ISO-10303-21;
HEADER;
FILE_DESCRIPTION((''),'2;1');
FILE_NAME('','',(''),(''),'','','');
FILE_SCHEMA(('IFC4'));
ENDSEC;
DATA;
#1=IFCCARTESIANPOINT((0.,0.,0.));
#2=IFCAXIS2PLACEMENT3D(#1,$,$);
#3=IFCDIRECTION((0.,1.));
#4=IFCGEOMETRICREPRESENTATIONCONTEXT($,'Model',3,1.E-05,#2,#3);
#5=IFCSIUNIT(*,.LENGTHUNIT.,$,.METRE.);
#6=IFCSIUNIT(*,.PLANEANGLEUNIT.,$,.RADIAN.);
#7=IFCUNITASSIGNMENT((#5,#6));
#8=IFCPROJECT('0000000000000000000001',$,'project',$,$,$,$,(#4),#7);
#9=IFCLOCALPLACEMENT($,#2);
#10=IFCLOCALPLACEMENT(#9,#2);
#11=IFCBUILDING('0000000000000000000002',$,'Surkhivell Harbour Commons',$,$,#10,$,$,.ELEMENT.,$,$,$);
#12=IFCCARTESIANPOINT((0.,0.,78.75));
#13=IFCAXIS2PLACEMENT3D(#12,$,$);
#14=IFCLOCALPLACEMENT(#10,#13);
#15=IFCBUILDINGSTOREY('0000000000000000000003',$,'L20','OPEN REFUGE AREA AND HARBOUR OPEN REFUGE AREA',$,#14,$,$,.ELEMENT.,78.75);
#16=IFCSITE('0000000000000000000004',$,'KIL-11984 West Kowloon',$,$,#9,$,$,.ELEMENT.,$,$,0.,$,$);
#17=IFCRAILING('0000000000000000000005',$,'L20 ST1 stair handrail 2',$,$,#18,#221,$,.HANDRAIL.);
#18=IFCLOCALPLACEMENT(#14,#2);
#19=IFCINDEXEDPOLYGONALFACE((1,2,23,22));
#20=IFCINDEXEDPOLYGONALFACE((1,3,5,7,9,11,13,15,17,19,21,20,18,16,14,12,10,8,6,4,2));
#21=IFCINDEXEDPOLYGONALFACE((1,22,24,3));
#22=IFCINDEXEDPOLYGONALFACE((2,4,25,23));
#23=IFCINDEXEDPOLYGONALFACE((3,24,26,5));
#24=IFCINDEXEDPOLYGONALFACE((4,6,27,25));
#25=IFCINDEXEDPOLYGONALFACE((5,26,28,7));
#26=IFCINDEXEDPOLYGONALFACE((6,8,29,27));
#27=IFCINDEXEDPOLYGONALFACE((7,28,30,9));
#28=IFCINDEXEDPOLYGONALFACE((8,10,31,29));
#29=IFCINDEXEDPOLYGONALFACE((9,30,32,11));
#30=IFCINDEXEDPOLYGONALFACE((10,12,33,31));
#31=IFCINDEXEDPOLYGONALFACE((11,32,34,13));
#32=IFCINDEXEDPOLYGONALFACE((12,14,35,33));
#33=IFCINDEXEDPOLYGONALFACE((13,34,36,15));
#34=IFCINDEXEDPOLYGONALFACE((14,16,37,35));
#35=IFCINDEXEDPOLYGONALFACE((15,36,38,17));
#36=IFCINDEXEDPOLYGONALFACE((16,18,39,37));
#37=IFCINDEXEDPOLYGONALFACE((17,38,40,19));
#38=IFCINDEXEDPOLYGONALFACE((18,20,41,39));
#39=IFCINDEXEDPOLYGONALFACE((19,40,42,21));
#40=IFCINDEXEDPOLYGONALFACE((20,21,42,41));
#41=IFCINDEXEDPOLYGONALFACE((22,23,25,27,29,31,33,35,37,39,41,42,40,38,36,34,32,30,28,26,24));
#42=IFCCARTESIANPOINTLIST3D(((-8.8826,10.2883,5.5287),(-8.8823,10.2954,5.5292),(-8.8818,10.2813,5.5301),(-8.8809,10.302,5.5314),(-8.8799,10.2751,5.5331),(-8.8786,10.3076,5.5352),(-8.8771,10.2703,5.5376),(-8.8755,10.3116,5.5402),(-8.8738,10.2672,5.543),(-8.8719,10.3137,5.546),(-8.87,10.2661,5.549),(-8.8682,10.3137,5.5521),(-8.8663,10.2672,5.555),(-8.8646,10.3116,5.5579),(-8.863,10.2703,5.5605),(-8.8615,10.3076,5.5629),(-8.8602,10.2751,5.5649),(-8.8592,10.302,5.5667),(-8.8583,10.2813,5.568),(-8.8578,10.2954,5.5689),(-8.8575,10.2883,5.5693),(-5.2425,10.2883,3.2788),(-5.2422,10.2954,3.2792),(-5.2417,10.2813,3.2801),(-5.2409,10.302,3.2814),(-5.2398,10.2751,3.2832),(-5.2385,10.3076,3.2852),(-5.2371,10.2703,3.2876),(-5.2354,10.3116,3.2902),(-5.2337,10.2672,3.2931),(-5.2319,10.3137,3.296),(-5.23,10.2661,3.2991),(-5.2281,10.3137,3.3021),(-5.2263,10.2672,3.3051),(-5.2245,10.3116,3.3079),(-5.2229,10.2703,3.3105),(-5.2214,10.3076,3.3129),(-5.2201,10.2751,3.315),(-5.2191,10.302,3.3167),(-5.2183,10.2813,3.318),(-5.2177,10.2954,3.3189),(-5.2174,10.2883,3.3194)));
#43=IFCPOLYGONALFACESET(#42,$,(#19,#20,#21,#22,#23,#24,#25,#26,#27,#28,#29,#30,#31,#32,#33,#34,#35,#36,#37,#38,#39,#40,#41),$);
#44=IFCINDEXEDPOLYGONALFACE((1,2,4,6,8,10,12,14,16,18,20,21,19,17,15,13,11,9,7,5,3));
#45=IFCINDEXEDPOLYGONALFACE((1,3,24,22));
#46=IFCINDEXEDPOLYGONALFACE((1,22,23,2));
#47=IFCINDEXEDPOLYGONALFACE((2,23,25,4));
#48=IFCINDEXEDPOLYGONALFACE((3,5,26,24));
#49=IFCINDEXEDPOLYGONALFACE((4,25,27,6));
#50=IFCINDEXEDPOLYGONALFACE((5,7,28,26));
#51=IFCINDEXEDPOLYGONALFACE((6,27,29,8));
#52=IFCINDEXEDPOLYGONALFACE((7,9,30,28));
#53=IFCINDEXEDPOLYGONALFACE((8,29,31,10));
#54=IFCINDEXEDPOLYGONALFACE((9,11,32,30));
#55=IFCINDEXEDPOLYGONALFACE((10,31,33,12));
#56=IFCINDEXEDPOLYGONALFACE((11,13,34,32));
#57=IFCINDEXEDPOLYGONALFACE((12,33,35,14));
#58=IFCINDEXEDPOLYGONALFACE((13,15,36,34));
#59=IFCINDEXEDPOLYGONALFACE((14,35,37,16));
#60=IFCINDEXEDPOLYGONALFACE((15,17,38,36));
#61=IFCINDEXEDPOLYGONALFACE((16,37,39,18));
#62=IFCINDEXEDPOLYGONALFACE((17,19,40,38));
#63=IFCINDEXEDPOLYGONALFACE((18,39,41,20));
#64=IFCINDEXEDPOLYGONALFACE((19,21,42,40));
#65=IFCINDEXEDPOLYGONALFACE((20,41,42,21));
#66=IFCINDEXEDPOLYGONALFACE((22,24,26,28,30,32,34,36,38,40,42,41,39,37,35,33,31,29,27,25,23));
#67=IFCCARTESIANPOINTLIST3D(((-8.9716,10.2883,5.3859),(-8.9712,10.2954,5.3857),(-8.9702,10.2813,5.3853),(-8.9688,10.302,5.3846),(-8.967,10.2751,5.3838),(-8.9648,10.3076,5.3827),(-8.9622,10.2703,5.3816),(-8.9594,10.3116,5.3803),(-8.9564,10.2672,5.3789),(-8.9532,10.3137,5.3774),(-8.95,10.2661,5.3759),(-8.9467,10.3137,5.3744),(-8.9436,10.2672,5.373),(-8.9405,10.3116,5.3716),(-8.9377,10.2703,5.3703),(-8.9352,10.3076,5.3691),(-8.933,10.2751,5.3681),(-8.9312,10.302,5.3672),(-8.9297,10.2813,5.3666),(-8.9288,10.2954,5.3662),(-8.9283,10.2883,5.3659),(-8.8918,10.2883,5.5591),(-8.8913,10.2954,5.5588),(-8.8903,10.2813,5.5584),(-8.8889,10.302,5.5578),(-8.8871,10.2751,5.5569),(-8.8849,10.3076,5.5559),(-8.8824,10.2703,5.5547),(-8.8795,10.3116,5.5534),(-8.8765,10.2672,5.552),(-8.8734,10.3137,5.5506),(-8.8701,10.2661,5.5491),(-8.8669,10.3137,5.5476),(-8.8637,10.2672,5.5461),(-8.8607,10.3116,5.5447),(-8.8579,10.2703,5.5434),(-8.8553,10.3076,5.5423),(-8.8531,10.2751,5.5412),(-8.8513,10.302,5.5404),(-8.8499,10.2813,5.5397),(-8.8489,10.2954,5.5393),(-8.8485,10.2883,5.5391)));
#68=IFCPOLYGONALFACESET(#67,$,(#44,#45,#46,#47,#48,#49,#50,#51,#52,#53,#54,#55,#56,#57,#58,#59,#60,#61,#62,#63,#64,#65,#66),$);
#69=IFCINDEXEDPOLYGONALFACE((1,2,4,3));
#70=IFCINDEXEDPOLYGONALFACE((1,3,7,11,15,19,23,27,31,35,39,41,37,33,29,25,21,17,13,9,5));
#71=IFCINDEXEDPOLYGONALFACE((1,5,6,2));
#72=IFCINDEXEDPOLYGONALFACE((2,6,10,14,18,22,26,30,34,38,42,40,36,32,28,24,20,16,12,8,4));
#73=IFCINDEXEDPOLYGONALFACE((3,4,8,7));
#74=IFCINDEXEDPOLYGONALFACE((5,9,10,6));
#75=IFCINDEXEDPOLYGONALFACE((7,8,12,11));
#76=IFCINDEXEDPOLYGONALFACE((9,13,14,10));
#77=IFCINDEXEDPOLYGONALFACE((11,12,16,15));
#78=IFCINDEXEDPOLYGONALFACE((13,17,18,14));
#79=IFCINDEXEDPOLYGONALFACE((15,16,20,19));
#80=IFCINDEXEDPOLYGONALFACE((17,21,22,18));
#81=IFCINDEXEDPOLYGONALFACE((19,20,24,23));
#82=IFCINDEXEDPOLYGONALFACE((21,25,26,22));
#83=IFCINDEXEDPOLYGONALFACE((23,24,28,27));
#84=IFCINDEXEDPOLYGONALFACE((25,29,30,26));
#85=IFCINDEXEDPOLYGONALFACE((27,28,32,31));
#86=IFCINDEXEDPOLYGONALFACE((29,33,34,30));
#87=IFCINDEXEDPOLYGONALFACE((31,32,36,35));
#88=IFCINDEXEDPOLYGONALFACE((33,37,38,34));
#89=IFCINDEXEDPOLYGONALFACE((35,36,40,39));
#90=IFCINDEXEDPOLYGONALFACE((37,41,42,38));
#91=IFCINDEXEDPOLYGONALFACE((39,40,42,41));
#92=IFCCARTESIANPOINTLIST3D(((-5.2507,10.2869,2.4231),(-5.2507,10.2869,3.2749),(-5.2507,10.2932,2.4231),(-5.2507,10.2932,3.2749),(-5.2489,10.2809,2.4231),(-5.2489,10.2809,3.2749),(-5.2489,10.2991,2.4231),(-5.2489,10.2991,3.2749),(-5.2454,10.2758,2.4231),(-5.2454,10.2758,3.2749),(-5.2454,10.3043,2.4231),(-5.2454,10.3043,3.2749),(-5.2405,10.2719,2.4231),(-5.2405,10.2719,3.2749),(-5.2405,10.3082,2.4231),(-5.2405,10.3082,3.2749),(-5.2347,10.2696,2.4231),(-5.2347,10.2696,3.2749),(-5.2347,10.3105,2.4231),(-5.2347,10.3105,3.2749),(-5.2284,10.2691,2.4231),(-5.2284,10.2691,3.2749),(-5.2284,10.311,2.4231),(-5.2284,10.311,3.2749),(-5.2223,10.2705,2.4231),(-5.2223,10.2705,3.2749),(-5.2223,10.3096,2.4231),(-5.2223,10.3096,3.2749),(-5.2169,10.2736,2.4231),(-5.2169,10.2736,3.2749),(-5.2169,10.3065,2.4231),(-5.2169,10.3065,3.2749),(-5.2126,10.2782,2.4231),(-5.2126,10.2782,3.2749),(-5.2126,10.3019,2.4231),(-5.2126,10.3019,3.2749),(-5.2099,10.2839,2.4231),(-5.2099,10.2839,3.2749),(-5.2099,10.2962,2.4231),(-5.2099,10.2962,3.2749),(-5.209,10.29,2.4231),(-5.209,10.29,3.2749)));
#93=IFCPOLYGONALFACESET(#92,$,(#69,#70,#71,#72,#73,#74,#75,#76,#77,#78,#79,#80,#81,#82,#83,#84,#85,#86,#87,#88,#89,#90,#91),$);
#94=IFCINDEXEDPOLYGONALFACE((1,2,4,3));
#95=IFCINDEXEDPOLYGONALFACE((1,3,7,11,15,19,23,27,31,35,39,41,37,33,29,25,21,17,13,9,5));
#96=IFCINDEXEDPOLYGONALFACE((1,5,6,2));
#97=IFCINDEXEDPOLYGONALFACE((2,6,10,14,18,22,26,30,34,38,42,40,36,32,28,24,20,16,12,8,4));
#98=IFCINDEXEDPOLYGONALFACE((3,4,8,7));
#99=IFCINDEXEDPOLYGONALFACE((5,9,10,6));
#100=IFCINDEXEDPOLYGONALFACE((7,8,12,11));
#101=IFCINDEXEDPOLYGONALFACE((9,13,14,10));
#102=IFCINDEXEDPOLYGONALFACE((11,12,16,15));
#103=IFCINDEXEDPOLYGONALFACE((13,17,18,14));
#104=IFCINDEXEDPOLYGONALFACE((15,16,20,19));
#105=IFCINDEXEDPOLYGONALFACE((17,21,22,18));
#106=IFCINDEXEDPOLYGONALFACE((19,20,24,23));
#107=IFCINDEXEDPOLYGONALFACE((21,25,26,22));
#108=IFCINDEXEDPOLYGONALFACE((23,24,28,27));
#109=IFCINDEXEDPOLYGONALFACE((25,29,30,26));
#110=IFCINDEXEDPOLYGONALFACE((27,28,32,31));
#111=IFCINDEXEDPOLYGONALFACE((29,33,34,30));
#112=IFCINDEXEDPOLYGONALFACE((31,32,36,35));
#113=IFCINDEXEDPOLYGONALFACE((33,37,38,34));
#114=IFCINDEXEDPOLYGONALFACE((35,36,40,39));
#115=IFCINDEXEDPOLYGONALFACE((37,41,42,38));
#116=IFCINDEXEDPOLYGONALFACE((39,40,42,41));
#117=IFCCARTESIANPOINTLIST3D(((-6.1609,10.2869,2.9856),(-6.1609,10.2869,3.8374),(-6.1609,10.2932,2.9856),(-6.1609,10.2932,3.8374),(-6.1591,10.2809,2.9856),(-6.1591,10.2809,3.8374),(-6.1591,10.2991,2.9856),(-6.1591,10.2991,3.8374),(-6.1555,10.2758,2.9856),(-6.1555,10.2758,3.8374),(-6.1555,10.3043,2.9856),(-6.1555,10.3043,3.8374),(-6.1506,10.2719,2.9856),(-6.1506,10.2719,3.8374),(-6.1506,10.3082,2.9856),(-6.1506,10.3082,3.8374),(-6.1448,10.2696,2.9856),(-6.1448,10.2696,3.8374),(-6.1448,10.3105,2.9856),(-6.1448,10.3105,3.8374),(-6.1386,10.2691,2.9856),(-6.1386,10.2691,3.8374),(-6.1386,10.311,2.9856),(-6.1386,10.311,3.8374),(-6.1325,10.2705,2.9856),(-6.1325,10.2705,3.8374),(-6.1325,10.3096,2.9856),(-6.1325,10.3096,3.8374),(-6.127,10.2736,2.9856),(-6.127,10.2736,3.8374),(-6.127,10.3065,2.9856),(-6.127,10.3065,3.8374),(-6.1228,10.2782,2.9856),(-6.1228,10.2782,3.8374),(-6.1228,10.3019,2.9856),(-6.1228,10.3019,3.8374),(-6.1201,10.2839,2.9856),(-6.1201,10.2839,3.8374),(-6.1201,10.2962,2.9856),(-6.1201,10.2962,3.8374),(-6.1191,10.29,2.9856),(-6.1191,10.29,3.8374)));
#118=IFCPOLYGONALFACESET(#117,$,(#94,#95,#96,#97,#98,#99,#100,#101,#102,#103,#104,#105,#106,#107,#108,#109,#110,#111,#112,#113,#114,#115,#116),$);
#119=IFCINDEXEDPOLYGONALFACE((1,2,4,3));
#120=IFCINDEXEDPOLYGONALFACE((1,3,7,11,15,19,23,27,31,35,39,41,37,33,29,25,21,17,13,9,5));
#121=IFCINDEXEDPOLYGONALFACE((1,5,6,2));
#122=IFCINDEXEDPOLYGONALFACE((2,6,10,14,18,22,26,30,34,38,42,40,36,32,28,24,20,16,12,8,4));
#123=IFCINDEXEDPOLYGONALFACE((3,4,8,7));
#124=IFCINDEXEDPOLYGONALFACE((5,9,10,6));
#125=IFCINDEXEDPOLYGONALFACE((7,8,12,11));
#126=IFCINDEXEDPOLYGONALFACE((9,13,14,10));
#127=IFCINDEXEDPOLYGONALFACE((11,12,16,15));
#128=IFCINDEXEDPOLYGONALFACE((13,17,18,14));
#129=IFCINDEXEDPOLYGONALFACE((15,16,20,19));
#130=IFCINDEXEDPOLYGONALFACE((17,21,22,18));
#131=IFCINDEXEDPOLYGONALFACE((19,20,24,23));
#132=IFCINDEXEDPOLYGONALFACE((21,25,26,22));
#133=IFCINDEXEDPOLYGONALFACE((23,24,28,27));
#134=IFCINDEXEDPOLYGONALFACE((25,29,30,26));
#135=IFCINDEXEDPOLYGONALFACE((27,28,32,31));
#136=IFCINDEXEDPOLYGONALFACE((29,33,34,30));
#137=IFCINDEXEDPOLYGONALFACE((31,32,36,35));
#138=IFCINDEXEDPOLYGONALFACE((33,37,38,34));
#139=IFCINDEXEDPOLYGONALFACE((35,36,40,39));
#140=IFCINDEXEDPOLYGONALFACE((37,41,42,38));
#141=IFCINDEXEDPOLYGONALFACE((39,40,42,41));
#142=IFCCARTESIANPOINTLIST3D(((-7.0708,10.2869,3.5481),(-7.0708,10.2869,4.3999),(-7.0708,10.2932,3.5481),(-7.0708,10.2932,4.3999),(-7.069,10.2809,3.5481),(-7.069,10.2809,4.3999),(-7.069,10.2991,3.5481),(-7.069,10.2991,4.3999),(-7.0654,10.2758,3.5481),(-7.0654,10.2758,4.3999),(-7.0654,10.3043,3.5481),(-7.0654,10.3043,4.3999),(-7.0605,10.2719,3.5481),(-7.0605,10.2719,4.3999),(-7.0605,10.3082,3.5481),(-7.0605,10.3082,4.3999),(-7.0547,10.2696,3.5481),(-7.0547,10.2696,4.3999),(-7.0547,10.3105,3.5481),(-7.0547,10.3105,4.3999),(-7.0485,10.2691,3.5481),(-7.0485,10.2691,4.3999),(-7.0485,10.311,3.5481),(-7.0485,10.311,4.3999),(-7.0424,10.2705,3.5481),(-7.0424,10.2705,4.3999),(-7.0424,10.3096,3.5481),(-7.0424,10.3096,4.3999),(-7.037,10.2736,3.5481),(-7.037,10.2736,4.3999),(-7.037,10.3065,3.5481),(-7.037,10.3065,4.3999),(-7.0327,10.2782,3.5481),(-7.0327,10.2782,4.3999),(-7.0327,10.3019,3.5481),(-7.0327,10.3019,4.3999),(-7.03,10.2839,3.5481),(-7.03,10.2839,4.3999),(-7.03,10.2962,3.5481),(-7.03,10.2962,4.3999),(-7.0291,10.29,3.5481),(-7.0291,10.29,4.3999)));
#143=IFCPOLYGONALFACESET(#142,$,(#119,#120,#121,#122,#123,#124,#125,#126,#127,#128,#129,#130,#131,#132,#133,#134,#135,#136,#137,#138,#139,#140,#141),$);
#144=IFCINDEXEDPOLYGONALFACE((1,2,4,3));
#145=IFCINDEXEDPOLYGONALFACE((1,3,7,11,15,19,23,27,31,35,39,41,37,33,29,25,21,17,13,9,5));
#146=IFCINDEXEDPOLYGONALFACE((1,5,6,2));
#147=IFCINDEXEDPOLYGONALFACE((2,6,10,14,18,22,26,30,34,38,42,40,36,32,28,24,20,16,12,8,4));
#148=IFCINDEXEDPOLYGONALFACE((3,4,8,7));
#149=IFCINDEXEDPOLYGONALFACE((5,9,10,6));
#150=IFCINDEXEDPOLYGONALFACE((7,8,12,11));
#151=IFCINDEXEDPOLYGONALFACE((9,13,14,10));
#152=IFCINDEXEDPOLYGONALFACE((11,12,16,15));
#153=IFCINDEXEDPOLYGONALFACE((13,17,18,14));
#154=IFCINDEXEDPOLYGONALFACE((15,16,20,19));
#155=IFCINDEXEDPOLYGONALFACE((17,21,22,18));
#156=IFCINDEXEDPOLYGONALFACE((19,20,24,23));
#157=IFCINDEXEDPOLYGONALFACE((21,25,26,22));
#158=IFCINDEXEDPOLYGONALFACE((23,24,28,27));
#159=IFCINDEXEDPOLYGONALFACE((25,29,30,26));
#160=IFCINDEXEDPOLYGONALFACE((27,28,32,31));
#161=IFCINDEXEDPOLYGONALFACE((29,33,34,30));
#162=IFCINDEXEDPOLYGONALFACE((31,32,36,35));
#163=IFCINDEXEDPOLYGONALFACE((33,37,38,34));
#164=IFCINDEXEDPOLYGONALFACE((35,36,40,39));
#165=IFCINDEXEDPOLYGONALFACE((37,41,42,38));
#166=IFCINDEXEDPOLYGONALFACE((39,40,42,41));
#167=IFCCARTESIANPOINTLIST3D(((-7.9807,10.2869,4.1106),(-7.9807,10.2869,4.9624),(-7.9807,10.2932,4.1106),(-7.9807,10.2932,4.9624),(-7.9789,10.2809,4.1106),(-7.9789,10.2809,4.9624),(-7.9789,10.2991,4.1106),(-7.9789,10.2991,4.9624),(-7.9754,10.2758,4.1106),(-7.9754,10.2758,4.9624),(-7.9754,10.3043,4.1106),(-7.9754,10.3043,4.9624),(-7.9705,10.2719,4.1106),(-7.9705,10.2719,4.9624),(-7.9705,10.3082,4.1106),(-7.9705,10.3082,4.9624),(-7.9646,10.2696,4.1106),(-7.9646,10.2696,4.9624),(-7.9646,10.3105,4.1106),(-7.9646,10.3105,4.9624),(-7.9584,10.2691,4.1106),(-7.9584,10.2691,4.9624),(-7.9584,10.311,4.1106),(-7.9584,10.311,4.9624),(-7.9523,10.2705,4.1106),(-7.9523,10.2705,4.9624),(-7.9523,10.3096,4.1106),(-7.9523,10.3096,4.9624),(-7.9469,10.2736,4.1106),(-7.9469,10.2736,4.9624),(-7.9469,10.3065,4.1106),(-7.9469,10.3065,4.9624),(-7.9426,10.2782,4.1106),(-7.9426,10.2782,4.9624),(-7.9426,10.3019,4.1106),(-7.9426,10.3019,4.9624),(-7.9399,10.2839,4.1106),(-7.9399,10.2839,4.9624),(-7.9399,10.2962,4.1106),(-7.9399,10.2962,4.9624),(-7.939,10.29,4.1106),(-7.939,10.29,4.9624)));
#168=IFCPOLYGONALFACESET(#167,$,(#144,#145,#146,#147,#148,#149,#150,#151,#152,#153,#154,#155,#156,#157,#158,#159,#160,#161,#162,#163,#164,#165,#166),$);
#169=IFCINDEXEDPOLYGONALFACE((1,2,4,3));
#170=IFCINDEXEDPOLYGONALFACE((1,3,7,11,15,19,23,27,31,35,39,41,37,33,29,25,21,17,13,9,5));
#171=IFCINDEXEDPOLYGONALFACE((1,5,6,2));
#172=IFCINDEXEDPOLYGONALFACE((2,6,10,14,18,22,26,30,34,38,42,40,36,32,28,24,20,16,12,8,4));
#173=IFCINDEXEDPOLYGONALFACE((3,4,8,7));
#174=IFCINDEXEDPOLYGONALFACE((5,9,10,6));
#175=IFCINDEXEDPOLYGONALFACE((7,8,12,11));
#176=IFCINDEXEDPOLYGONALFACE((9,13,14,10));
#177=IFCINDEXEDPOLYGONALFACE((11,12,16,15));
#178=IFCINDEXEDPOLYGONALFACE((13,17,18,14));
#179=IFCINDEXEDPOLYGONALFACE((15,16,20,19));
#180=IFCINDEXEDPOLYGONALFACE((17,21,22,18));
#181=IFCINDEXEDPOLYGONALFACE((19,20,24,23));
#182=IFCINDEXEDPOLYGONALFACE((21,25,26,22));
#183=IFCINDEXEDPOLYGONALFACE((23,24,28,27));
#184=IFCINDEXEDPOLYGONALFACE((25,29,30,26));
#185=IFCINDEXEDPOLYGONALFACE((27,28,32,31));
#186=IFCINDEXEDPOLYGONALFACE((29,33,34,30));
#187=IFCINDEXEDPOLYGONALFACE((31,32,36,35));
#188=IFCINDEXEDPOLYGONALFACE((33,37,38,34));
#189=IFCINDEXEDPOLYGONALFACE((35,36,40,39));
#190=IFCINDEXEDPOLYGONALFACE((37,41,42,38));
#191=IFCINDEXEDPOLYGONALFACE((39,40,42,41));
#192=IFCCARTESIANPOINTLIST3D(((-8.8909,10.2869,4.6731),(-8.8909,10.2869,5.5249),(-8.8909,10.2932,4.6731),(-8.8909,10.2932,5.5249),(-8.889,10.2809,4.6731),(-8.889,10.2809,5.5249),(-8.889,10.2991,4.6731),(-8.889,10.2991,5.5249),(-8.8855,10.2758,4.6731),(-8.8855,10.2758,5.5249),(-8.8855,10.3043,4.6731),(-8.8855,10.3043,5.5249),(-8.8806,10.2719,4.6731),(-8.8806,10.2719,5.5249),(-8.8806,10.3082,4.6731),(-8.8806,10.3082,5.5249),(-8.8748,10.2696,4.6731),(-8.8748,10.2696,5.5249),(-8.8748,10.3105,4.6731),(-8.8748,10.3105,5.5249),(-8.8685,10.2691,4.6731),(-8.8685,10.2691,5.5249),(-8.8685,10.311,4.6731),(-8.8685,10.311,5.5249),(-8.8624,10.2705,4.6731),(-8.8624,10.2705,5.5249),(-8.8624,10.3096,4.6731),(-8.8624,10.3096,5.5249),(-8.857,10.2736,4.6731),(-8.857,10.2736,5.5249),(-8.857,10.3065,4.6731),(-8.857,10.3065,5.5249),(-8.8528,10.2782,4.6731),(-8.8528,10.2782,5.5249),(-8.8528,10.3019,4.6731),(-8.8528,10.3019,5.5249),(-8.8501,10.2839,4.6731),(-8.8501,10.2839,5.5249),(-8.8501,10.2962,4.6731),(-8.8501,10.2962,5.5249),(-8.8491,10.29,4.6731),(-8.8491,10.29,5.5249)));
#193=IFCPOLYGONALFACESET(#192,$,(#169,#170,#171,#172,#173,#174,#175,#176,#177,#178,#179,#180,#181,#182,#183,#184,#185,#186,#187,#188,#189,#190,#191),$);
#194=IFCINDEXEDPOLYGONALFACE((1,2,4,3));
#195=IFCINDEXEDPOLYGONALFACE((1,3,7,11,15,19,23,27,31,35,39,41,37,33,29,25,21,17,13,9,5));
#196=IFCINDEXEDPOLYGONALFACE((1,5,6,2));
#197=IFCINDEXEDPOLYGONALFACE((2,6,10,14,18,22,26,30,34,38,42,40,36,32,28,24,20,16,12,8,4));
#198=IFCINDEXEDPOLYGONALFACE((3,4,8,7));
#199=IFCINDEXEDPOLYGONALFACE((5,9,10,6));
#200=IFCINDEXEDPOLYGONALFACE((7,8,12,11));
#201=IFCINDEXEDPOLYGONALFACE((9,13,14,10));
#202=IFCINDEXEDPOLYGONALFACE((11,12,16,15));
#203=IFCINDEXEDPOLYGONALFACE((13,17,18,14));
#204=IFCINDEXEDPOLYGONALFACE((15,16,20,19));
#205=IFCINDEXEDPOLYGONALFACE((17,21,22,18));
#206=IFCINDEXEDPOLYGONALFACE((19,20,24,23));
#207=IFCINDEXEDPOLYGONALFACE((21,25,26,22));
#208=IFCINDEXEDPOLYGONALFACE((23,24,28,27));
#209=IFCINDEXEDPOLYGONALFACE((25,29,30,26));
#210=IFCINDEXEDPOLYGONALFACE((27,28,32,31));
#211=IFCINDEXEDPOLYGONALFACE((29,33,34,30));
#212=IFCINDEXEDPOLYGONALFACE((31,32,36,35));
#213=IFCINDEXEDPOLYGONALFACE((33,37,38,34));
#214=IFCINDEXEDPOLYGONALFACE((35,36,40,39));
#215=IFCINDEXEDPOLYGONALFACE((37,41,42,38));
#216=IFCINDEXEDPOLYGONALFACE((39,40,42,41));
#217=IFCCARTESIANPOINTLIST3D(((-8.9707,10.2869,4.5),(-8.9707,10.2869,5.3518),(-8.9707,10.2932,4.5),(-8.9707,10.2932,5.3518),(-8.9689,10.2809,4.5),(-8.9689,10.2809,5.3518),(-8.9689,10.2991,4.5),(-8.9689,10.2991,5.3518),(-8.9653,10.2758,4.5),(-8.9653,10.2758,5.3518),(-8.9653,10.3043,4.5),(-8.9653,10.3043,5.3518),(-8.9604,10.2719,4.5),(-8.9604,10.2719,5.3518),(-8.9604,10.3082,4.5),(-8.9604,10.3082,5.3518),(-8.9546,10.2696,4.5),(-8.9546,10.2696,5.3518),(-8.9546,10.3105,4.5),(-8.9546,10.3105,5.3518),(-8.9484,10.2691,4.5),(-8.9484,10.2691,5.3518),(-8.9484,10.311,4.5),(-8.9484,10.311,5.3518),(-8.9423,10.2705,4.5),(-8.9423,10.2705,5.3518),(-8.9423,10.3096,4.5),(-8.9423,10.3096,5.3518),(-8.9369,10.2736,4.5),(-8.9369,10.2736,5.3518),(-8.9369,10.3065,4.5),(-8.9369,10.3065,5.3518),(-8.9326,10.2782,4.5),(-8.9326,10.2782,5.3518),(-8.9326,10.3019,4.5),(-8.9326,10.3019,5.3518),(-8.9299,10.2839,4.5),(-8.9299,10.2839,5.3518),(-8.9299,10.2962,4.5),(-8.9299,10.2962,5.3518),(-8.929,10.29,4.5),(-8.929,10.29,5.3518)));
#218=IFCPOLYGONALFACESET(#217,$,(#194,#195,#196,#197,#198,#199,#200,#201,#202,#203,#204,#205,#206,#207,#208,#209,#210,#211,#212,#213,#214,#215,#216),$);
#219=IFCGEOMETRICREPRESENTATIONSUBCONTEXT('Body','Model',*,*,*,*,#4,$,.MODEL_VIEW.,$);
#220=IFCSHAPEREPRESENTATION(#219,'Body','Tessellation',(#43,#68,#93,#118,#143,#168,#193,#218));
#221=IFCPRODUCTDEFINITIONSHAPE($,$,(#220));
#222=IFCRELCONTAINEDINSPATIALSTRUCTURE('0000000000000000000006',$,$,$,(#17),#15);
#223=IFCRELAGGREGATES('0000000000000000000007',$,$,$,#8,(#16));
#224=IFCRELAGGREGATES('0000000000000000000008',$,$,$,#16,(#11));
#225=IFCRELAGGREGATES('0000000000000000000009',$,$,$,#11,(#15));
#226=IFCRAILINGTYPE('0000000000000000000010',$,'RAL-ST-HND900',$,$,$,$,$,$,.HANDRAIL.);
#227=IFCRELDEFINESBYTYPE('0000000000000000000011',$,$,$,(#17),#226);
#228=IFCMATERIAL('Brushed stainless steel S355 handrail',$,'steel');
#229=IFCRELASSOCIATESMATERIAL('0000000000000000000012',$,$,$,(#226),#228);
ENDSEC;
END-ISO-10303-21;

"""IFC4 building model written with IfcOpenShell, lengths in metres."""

from ifc_helpers import new_model, si_unit, direction, frame, origin, origin_2d, place, context, subcontext, project, spatial, circle, extrude, material, type_object, element, save


model = new_model("IFC4")

# Units and contexts
model_context = context("Model", 3, precision=1e-05, world=origin(), true_north=direction((0.0, 1.0)))
body_context = subcontext(model_context, "Body", "Model", "MODEL_VIEW")
ifc_project = project(units=[si_unit("LENGTHUNIT", "METRE"), si_unit("PLANEANGLEUNIT", "RADIAN")], contexts=[model_context])

# Site, building, storey
site_placement = place(None, origin())
site = spatial("IfcSite", under=ifc_project, at=site_placement, Name="KIL-11984 West Kowloon", CompositionType="ELEMENT", RefElevation=0.0)
building_placement = place(site_placement, origin())
building = spatial("IfcBuilding", under=site, at=building_placement, Name="Surkhivell Harbour Commons", CompositionType="ELEMENT")
storey_placement = place(building_placement, frame((0.0, 0.0, 78.75)))
storey = spatial("IfcBuildingStorey", under=building, at=storey_placement, Name="L20", Description="OPEN REFUGE AREA AND HARBOUR OPEN REFUGE AREA", CompositionType="ELEMENT", Elevation=78.75)

# Railing
ifc_material_1 = material(Name="Brushed stainless steel S355 handrail", Category="steel")
railing_type_1 = type_object("IfcRailingType", Name="RAL-ST-HND900", PredefinedType="HANDRAIL", material=ifc_material_1)
railing_1_placement = place(storey_placement, frame((-5.23, 10.29, 2.4231)))
element("IfcRailing", 1, at=railing_1_placement, inside=storey, type_object=railing_type_1, Name="L20 ST1 stair handrail 2", PredefinedType="HANDRAIL", context=body_context, shape_type="SweptSolid", body=[
    extrude(circle(Radius=0.0239, at=origin_2d()), frame((0.0, 0.0, 0.876), z_axis=(-0.850622, 0.0, 0.525777), x_axis=(0.0, -1.0, 0.0)), (0.0, 0.0, 1.0), 4.2793),
    extrude(circle(Radius=0.0239, at=origin_2d()), frame((-3.6401, 0.0, 3.126), z_axis=(-0.418815, 0.0, -0.908072), x_axis=(0.0, -1.0, 0.0)), (0.0, 0.0, 1.0), 0.1907),
    extrude(circle(Radius=0.021, at=origin_2d()), origin(), (0.0, 0.0, 1.0), 0.8518),
    extrude(circle(Radius=0.021, at=origin_2d()), frame((-0.9102, 0.0, 0.5625)), (0.0, 0.0, 1.0), 0.8518),
    extrude(circle(Radius=0.021, at=origin_2d()), frame((-1.8201, 0.0, 1.125)), (0.0, 0.0, 1.0), 0.8518),
    extrude(circle(Radius=0.021, at=origin_2d()), frame((-2.73, 0.0, 1.6875)), (0.0, 0.0, 1.0), 0.8518),
    extrude(circle(Radius=0.021, at=origin_2d()), frame((-3.6401, 0.0, 2.25)), (0.0, 0.0, 1.0), 0.8518),
    extrude(circle(Radius=0.021, at=origin_2d()), frame((-3.72, 0.0, 2.0769)), (0.0, 0.0, 1.0), 0.8518),
])

save(model, "model.ifc")
